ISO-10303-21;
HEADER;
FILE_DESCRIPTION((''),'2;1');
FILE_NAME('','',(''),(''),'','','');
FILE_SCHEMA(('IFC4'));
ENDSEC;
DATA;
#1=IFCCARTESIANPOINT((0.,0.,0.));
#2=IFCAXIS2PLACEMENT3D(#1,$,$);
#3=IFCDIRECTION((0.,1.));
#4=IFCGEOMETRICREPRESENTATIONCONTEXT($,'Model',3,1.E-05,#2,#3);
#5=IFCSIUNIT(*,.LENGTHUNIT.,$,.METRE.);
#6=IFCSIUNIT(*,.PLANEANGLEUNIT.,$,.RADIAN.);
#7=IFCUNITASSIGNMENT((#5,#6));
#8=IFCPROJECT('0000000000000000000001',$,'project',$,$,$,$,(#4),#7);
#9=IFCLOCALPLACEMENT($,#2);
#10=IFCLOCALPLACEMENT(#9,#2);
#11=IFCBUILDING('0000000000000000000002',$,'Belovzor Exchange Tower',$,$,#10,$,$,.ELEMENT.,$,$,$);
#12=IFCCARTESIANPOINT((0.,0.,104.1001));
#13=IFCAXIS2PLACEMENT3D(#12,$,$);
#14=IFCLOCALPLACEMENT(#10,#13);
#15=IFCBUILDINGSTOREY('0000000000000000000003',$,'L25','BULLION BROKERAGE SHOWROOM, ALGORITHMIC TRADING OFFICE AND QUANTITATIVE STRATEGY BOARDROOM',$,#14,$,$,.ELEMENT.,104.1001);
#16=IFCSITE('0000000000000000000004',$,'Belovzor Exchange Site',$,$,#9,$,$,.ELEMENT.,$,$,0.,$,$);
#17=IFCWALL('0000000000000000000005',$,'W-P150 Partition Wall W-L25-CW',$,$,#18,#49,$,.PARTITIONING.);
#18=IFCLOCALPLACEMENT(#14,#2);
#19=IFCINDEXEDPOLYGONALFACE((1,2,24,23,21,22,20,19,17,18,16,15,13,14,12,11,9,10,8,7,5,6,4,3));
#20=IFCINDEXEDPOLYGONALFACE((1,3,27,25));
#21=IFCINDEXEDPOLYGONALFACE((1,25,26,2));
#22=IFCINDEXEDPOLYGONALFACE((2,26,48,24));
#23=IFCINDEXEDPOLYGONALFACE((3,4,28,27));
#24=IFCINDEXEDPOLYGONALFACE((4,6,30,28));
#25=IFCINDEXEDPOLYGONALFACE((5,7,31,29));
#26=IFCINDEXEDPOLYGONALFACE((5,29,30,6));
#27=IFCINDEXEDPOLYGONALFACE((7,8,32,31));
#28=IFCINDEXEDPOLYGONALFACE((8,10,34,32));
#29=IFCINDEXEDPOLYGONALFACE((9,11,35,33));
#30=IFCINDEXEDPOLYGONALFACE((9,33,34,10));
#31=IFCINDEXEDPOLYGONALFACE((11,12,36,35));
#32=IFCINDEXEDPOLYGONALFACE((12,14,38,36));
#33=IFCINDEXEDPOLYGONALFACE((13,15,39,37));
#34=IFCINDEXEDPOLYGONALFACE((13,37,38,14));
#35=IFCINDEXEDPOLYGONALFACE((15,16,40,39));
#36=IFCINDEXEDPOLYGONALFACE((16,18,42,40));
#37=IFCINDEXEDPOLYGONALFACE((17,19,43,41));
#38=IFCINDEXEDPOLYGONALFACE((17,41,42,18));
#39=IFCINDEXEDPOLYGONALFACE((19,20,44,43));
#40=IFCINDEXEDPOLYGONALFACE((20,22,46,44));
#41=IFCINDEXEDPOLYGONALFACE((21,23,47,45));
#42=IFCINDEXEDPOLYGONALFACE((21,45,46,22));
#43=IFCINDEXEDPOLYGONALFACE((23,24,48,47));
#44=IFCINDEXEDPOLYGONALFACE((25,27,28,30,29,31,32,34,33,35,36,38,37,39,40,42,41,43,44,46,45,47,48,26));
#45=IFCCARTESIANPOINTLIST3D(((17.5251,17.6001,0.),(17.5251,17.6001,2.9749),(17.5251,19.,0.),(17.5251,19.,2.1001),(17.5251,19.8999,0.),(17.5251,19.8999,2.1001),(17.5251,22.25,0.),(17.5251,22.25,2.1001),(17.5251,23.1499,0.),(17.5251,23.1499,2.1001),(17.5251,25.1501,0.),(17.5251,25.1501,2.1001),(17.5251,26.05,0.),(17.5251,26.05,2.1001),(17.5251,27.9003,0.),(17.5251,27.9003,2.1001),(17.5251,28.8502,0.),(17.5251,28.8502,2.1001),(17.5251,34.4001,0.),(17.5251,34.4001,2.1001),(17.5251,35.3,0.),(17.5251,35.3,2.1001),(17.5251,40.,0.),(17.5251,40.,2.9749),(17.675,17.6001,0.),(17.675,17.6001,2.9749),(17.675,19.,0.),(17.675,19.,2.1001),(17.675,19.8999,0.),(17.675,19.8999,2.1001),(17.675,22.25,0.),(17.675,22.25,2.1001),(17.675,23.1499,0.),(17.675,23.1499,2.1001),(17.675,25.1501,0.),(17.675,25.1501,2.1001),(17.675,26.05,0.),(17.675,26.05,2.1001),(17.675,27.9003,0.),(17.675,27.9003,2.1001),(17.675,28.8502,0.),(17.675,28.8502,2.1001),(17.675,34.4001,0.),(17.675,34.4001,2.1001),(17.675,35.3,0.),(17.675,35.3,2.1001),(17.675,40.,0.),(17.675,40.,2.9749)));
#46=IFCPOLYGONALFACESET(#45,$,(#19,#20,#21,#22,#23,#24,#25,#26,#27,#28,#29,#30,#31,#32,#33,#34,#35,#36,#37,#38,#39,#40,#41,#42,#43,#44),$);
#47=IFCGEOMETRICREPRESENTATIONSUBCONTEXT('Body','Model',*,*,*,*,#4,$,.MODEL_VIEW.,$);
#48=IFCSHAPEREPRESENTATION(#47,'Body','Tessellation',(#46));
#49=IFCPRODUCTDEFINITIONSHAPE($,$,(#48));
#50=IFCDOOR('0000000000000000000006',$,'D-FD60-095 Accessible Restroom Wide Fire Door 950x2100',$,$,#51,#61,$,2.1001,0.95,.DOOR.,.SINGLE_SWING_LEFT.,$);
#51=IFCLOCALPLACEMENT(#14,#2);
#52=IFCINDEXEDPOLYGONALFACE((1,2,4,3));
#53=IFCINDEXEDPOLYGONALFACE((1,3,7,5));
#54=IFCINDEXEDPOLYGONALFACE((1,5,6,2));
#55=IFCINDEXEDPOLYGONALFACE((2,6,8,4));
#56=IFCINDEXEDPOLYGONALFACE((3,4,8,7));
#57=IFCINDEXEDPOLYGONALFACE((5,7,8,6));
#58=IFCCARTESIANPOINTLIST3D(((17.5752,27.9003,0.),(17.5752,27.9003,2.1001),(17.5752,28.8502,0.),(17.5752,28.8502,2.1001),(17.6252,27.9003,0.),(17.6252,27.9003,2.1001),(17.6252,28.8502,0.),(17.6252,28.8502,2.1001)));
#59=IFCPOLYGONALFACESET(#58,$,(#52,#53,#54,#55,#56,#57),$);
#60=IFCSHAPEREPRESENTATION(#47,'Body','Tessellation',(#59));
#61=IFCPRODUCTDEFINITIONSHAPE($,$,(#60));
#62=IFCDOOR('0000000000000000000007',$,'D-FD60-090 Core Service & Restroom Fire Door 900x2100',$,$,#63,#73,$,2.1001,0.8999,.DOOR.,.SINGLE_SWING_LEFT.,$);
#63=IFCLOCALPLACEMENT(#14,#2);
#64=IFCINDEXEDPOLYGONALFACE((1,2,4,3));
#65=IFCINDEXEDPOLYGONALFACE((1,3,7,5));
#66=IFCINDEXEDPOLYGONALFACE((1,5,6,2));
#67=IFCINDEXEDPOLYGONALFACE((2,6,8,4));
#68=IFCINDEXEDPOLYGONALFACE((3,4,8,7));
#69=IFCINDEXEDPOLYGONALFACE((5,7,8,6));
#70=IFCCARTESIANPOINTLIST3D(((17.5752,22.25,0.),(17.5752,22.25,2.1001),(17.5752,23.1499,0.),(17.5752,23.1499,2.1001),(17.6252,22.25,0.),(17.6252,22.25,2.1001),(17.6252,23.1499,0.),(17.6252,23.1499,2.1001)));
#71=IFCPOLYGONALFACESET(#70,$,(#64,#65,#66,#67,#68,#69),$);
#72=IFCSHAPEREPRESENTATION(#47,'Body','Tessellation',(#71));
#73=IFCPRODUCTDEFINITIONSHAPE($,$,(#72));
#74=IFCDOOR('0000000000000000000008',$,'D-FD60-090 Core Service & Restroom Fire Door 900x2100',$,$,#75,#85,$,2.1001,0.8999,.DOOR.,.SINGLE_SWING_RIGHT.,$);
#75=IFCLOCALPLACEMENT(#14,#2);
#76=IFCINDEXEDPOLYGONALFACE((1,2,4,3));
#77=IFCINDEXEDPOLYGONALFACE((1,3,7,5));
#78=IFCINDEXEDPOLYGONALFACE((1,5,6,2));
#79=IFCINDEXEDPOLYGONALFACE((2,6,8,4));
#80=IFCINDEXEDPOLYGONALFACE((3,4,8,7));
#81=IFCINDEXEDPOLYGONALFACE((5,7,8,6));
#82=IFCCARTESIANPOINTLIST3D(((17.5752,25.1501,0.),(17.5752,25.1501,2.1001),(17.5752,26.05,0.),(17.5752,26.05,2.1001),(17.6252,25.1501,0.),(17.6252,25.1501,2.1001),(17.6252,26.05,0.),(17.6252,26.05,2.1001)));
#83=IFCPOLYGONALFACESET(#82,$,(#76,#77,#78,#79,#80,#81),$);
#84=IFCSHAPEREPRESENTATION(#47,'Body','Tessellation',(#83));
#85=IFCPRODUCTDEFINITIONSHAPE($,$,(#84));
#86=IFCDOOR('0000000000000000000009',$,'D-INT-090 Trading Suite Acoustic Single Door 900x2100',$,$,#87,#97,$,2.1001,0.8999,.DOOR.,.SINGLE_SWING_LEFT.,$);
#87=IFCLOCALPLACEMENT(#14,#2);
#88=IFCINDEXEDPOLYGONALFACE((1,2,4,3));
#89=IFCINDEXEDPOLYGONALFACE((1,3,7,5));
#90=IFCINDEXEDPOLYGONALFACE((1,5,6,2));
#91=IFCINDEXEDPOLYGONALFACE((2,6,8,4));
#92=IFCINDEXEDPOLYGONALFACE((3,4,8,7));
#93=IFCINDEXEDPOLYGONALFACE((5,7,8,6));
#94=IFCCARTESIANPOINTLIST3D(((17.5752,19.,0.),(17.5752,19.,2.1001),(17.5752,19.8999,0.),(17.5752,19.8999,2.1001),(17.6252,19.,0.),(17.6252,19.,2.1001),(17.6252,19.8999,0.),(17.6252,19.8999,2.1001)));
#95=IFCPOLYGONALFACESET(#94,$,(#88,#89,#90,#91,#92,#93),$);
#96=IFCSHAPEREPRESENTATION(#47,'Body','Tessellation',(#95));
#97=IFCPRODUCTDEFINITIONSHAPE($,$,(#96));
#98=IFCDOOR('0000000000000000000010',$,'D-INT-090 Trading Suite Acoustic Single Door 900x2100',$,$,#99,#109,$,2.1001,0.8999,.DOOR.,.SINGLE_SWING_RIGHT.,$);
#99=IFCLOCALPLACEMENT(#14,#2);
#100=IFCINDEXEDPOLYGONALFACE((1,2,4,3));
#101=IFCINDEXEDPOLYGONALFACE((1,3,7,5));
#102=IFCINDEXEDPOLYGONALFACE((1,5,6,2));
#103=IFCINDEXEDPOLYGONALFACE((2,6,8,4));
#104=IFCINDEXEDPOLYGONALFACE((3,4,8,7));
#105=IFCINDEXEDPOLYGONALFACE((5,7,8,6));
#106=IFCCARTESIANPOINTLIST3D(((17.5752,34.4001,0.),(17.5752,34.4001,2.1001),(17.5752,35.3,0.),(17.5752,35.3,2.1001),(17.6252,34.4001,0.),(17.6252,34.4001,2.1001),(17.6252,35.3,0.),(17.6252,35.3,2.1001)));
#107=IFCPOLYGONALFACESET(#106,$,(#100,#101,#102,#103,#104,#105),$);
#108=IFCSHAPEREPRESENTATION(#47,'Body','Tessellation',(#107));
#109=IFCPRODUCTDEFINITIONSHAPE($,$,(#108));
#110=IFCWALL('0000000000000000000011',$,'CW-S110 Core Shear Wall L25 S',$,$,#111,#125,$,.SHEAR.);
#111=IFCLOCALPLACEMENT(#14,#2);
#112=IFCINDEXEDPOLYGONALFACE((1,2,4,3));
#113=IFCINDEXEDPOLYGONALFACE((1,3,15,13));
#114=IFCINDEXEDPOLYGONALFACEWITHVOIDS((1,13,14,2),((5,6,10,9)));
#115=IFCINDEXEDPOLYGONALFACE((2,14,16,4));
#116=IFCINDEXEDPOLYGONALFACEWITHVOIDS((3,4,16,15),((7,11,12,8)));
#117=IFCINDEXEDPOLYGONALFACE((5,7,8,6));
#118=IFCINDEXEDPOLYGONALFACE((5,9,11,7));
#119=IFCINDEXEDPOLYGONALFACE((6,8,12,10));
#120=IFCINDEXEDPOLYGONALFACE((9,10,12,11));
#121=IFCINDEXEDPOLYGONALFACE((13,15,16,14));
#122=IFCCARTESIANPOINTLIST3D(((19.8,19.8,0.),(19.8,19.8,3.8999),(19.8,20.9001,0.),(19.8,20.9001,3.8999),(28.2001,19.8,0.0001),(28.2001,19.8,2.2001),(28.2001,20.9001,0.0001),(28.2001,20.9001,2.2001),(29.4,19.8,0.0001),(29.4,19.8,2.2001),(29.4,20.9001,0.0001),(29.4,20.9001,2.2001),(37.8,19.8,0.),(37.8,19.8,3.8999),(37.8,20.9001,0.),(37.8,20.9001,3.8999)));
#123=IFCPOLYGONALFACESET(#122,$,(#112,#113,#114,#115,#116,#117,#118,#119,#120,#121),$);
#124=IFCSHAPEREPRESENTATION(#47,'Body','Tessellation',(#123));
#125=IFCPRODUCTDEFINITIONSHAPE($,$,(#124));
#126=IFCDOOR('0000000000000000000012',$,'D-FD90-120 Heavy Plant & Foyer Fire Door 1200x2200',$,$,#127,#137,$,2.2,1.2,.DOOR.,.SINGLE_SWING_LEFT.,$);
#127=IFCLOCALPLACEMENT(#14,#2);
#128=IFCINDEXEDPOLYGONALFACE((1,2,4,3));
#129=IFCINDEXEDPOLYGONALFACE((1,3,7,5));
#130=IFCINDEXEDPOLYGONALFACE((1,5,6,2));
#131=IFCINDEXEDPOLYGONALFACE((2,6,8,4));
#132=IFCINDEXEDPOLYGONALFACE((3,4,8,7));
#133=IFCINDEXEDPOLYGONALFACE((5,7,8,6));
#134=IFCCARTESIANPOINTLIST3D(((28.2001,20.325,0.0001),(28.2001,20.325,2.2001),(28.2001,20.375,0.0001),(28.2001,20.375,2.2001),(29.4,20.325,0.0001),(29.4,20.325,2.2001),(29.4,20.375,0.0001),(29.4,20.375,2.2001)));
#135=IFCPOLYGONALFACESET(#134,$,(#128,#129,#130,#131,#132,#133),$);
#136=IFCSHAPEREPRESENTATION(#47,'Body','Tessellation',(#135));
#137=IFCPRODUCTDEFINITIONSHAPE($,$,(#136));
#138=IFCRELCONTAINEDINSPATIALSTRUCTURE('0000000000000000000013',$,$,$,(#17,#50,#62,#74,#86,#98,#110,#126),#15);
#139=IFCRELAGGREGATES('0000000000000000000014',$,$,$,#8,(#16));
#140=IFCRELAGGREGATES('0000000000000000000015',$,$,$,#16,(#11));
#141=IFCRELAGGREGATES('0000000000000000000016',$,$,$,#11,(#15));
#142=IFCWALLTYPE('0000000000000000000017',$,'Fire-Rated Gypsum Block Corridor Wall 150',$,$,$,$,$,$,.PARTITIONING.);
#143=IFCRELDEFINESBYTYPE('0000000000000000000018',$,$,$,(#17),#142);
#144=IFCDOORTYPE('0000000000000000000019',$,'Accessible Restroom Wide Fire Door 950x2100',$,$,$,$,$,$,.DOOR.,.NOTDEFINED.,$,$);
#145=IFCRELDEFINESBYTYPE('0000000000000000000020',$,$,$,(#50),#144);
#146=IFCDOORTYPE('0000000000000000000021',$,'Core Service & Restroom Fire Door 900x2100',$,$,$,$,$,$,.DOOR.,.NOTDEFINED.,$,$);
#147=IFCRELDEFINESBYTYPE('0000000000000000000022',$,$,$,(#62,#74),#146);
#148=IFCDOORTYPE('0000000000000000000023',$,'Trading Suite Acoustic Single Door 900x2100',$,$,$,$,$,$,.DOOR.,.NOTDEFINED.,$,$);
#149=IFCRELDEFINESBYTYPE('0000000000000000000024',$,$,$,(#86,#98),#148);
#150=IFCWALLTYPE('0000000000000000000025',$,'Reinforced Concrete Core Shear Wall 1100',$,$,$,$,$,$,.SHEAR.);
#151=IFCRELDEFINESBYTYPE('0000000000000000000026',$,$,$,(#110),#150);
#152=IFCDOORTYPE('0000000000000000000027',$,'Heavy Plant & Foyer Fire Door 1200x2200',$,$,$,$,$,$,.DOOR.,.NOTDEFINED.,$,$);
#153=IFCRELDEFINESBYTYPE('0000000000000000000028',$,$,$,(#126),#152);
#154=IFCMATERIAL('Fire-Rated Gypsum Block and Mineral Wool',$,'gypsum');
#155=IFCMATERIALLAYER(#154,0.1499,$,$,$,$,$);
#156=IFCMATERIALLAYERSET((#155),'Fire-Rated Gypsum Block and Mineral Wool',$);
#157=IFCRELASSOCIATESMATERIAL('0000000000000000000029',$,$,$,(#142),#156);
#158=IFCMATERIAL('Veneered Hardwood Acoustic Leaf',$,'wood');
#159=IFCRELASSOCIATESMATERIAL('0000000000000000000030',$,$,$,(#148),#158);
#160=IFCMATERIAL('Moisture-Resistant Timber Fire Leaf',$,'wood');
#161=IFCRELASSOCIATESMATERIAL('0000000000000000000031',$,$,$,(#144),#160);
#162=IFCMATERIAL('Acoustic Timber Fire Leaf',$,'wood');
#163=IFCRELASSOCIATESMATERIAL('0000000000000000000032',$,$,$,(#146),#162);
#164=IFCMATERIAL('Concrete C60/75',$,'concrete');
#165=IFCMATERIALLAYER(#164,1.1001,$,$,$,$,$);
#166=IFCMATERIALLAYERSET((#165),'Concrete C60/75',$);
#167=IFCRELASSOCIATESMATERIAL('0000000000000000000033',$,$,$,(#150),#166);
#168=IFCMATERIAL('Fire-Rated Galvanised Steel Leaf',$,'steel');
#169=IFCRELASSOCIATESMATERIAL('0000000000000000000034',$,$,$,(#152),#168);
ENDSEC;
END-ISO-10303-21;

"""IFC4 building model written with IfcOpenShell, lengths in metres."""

from ifc_helpers import new_model, si_unit, direction, frame, frame_2d, origin, place, context, subcontext, project, spatial, rectangle, extrude, material, layer, layer_set, type_object, element, fill, save


model = new_model("IFC4")

# Units and contexts
model_context = context("Model", 3, precision=1e-05, world=origin(), true_north=direction((0.0, 1.0)))
body_context = subcontext(model_context, "Body", "Model", "MODEL_VIEW")
ifc_project = project(units=[si_unit("LENGTHUNIT", "METRE"), si_unit("PLANEANGLEUNIT", "RADIAN")], contexts=[model_context])

# Site, building, storey
site_placement = place(None, origin())
site = spatial("IfcSite", under=ifc_project, at=site_placement, Name="Belovzor Exchange Site", CompositionType="ELEMENT", RefElevation=0.0)
building_placement = place(site_placement, origin())
building = spatial("IfcBuilding", under=site, at=building_placement, Name="Belovzor Exchange Tower", CompositionType="ELEMENT")
storey_placement = place(building_placement, frame((0.0, 0.0, 104.1001)))
storey = spatial("IfcBuildingStorey", under=building, at=storey_placement, Name="L25", Description="BULLION BROKERAGE SHOWROOM, ALGORITHMIC TRADING OFFICE AND QUANTITATIVE STRATEGY BOARDROOM", CompositionType="ELEMENT", Elevation=104.1001)

# Shared definitions
ifc_material_1 = material(Name="Fire-Rated Gypsum Block and Mineral Wool", Category="gypsum")
ifc_layer_1 = layer(ifc_material_1, 0.1499)
ifc_layer_set_1 = layer_set([ifc_layer_1], Name="Fire-Rated Gypsum Block and Mineral Wool")
wall_type_1 = type_object("IfcWallType", Name="Fire-Rated Gypsum Block Corridor Wall 150", PredefinedType="PARTITIONING", material=ifc_layer_set_1)

# Wall, openings, doors
ifc_material_2 = material(Name="Veneered Hardwood Acoustic Leaf", Category="wood")
door_type_1 = type_object("IfcDoorType", Name="Trading Suite Acoustic Single Door 900x2100", OperationType="NOTDEFINED", PredefinedType="DOOR", material=ifc_material_2)
wall_1_placement = place(storey_placement, frame((17.6001, 17.6001, 0.0), z_axis=(0.0, 0.0, 1.0), x_axis=(0.0, 1.0, 0.0)))
wall_1 = element("IfcWall", 1, at=wall_1_placement, inside=storey, type_object=wall_type_1, Name="W-P150 Partition Wall W-L25-CW", PredefinedType="PARTITIONING", context=body_context, shape_type="SweptSolid", body=[
    extrude(rectangle(XDim=22.3999, YDim=0.1499, at=frame_2d((11.2, 0.0))), origin(), (0.0, 0.0, 1.0), 2.9749),
])
opening_1_placement = place(wall_1_placement, frame((1.3999, 0.0, 0.0)))
opening_1 = element("IfcOpeningElement", 2, at=opening_1_placement, cuts=wall_1, PredefinedType="OPENING", context=body_context, shape_type="SweptSolid", body=[
    extrude(rectangle(XDim=0.8999, YDim=2.1001, at=frame_2d((0.45, 1.05))), frame((0.0, 0.085, 0.0), z_axis=(0.0, -1.0, 0.0), x_axis=(1.0, 0.0, 0.0)), (0.0, 0.0, 1.0), 0.1699),
])
opening_2_placement = place(wall_1_placement, frame((4.6499, 0.0, 0.0)))
opening_2 = element("IfcOpeningElement", 3, at=opening_2_placement, cuts=wall_1, PredefinedType="OPENING", context=body_context, shape_type="SweptSolid", body=[
    extrude(rectangle(XDim=0.8999, YDim=2.1001, at=frame_2d((0.45, 1.05))), frame((0.0, 0.085, 0.0), z_axis=(0.0, -1.0, 0.0), x_axis=(1.0, 0.0, 0.0)), (0.0, 0.0, 1.0), 0.1699),
])
opening_3_placement = place(wall_1_placement, frame((7.55, 0.0, 0.0)))
opening_3 = element("IfcOpeningElement", 4, at=opening_3_placement, cuts=wall_1, PredefinedType="OPENING", context=body_context, shape_type="SweptSolid", body=[
    extrude(rectangle(XDim=0.8999, YDim=2.1001, at=frame_2d((0.45, 1.05))), frame((0.0, 0.085, 0.0), z_axis=(0.0, -1.0, 0.0), x_axis=(1.0, 0.0, 0.0)), (0.0, 0.0, 1.0), 0.1699),
])
opening_4_placement = place(wall_1_placement, frame((10.3, 0.0, 0.0)))
opening_4 = element("IfcOpeningElement", 5, at=opening_4_placement, cuts=wall_1, PredefinedType="OPENING", context=body_context, shape_type="SweptSolid", body=[
    extrude(rectangle(XDim=0.95, YDim=2.1001, at=frame_2d((0.4751, 1.05))), frame((0.0, 0.085, 0.0), z_axis=(0.0, -1.0, 0.0), x_axis=(1.0, 0.0, 0.0)), (0.0, 0.0, 1.0), 0.1699),
])
opening_5_placement = place(wall_1_placement, frame((16.8, 0.0, 0.0)))
opening_5 = element("IfcOpeningElement", 6, at=opening_5_placement, cuts=wall_1, PredefinedType="OPENING", context=body_context, shape_type="SweptSolid", body=[
    extrude(rectangle(XDim=0.8999, YDim=2.1001, at=frame_2d((0.45, 1.05))), frame((0.0, 0.085, 0.0), z_axis=(0.0, -1.0, 0.0), x_axis=(1.0, 0.0, 0.0)), (0.0, 0.0, 1.0), 0.1699),
])
ifc_material_3 = material(Name="Moisture-Resistant Timber Fire Leaf", Category="wood")
door_type_2 = type_object("IfcDoorType", Name="Accessible Restroom Wide Fire Door 950x2100", OperationType="NOTDEFINED", PredefinedType="DOOR", material=ifc_material_3)
door_1_placement = place(opening_4_placement, origin())
door_1 = element("IfcDoor", 7, at=door_1_placement, inside=storey, type_object=door_type_2, Name="D-FD60-095 Accessible Restroom Wide Fire Door 950x2100", OperationType="SINGLE_SWING_LEFT", OverallHeight=2.1001, OverallWidth=0.95, PredefinedType="DOOR", context=body_context, shape_type="SweptSolid", body=[
    extrude(rectangle(XDim=0.95, YDim=2.1001, at=frame_2d((0.4751, 1.05))), frame((0.0, 0.0249, 0.0), z_axis=(0.0, -1.0, 0.0), x_axis=(1.0, 0.0, 0.0)), (0.0, 0.0, 1.0), 0.05),
])
fill(opening_4, door_1)
ifc_material_4 = material(Name="Acoustic Timber Fire Leaf", Category="wood")
door_type_3 = type_object("IfcDoorType", Name="Core Service & Restroom Fire Door 900x2100", OperationType="NOTDEFINED", PredefinedType="DOOR", material=ifc_material_4)
door_2_placement = place(opening_2_placement, origin())
door_2 = element("IfcDoor", 8, at=door_2_placement, inside=storey, type_object=door_type_3, Name="D-FD60-090 Core Service & Restroom Fire Door 900x2100", OperationType="SINGLE_SWING_LEFT", OverallHeight=2.1001, OverallWidth=0.8999, PredefinedType="DOOR", context=body_context, shape_type="SweptSolid", body=[
    extrude(rectangle(XDim=0.8999, YDim=2.1001, at=frame_2d((0.45, 1.05))), frame((0.0, 0.0249, 0.0), z_axis=(0.0, -1.0, 0.0), x_axis=(1.0, 0.0, 0.0)), (0.0, 0.0, 1.0), 0.05),
])
fill(opening_2, door_2)
door_3_placement = place(opening_3_placement, origin())
door_3 = element("IfcDoor", 9, at=door_3_placement, inside=storey, type_object=door_type_3, Name="D-FD60-090 Core Service & Restroom Fire Door 900x2100", OperationType="SINGLE_SWING_RIGHT", OverallHeight=2.1001, OverallWidth=0.8999, PredefinedType="DOOR", context=body_context, shape_type="SweptSolid", body=[
    extrude(rectangle(XDim=0.8999, YDim=2.1001, at=frame_2d((0.45, 1.05))), frame((0.0, 0.0249, 0.0), z_axis=(0.0, -1.0, 0.0), x_axis=(1.0, 0.0, 0.0)), (0.0, 0.0, 1.0), 0.05),
])
fill(opening_3, door_3)
door_4_placement = place(opening_1_placement, origin())
door_4 = element("IfcDoor", 10, at=door_4_placement, inside=storey, type_object=door_type_1, Name="D-INT-090 Trading Suite Acoustic Single Door 900x2100", OperationType="SINGLE_SWING_LEFT", OverallHeight=2.1001, OverallWidth=0.8999, PredefinedType="DOOR", context=body_context, shape_type="SweptSolid", body=[
    extrude(rectangle(XDim=0.8999, YDim=2.1001, at=frame_2d((0.45, 1.05))), frame((0.0, 0.0249, 0.0), z_axis=(0.0, -1.0, 0.0), x_axis=(1.0, 0.0, 0.0)), (0.0, 0.0, 1.0), 0.05),
])
fill(opening_1, door_4)
door_5_placement = place(opening_5_placement, origin())
door_5 = element("IfcDoor", 11, at=door_5_placement, inside=storey, type_object=door_type_1, Name="D-INT-090 Trading Suite Acoustic Single Door 900x2100", OperationType="SINGLE_SWING_RIGHT", OverallHeight=2.1001, OverallWidth=0.8999, PredefinedType="DOOR", context=body_context, shape_type="SweptSolid", body=[
    extrude(rectangle(XDim=0.8999, YDim=2.1001, at=frame_2d((0.45, 1.05))), frame((0.0, 0.0249, 0.0), z_axis=(0.0, -1.0, 0.0), x_axis=(1.0, 0.0, 0.0)), (0.0, 0.0, 1.0), 0.05),
])
fill(opening_5, door_5)

# Wall, opening, door
ifc_material_5 = material(Name="Concrete C60/75", Category="concrete")
ifc_layer_2 = layer(ifc_material_5, 1.1001)
ifc_layer_set_2 = layer_set([ifc_layer_2], Name="Concrete C60/75")
wall_type_2 = type_object("IfcWallType", Name="Reinforced Concrete Core Shear Wall 1100", PredefinedType="SHEAR", material=ifc_layer_set_2)
wall_2_placement = place(storey_placement, frame((19.8, 20.3501, 0.0), z_axis=(0.0, 0.0, 1.0), x_axis=(1.0, 0.0, 0.0)))
wall_2 = element("IfcWall", 12, at=wall_2_placement, inside=storey, type_object=wall_type_2, Name="CW-S110 Core Shear Wall L25 S", PredefinedType="SHEAR", context=body_context, shape_type="SweptSolid", body=[
    extrude(rectangle(XDim=18.0, YDim=1.1001, at=frame_2d((9.0, 0.0))), origin(), (0.0, 0.0, 1.0), 3.8999),
])
opening_6_placement = place(wall_2_placement, frame((8.3999, 0.0, 0.0)))
opening_6 = element("IfcOpeningElement", 13, at=opening_6_placement, cuts=wall_2, PredefinedType="OPENING", context=body_context, shape_type="SweptSolid", body=[
    extrude(rectangle(XDim=1.2, YDim=2.2, at=frame_2d((0.6001, 1.1001))), frame((0.0, 0.5601, 0.0), z_axis=(0.0, -1.0, 0.0), x_axis=(1.0, 0.0, 0.0)), (0.0, 0.0, 1.0), 1.1201),
])
ifc_material_6 = material(Name="Fire-Rated Galvanised Steel Leaf", Category="steel")
door_type_4 = type_object("IfcDoorType", Name="Heavy Plant & Foyer Fire Door 1200x2200", OperationType="NOTDEFINED", PredefinedType="DOOR", material=ifc_material_6)
door_6_placement = place(opening_6_placement, origin())
door_6 = element("IfcDoor", 14, at=door_6_placement, inside=storey, type_object=door_type_4, Name="D-FD90-120 Heavy Plant & Foyer Fire Door 1200x2200", OperationType="SINGLE_SWING_LEFT", OverallHeight=2.2, OverallWidth=1.2, PredefinedType="DOOR", context=body_context, shape_type="SweptSolid", body=[
    extrude(rectangle(XDim=1.2, YDim=2.2, at=frame_2d((0.6001, 1.1001))), frame((0.0, 0.0249, 0.0), z_axis=(0.0, -1.0, 0.0), x_axis=(1.0, 0.0, 0.0)), (0.0, 0.0, 1.0), 0.05),
])
fill(opening_6, door_6)

save(model, "model.ifc")
